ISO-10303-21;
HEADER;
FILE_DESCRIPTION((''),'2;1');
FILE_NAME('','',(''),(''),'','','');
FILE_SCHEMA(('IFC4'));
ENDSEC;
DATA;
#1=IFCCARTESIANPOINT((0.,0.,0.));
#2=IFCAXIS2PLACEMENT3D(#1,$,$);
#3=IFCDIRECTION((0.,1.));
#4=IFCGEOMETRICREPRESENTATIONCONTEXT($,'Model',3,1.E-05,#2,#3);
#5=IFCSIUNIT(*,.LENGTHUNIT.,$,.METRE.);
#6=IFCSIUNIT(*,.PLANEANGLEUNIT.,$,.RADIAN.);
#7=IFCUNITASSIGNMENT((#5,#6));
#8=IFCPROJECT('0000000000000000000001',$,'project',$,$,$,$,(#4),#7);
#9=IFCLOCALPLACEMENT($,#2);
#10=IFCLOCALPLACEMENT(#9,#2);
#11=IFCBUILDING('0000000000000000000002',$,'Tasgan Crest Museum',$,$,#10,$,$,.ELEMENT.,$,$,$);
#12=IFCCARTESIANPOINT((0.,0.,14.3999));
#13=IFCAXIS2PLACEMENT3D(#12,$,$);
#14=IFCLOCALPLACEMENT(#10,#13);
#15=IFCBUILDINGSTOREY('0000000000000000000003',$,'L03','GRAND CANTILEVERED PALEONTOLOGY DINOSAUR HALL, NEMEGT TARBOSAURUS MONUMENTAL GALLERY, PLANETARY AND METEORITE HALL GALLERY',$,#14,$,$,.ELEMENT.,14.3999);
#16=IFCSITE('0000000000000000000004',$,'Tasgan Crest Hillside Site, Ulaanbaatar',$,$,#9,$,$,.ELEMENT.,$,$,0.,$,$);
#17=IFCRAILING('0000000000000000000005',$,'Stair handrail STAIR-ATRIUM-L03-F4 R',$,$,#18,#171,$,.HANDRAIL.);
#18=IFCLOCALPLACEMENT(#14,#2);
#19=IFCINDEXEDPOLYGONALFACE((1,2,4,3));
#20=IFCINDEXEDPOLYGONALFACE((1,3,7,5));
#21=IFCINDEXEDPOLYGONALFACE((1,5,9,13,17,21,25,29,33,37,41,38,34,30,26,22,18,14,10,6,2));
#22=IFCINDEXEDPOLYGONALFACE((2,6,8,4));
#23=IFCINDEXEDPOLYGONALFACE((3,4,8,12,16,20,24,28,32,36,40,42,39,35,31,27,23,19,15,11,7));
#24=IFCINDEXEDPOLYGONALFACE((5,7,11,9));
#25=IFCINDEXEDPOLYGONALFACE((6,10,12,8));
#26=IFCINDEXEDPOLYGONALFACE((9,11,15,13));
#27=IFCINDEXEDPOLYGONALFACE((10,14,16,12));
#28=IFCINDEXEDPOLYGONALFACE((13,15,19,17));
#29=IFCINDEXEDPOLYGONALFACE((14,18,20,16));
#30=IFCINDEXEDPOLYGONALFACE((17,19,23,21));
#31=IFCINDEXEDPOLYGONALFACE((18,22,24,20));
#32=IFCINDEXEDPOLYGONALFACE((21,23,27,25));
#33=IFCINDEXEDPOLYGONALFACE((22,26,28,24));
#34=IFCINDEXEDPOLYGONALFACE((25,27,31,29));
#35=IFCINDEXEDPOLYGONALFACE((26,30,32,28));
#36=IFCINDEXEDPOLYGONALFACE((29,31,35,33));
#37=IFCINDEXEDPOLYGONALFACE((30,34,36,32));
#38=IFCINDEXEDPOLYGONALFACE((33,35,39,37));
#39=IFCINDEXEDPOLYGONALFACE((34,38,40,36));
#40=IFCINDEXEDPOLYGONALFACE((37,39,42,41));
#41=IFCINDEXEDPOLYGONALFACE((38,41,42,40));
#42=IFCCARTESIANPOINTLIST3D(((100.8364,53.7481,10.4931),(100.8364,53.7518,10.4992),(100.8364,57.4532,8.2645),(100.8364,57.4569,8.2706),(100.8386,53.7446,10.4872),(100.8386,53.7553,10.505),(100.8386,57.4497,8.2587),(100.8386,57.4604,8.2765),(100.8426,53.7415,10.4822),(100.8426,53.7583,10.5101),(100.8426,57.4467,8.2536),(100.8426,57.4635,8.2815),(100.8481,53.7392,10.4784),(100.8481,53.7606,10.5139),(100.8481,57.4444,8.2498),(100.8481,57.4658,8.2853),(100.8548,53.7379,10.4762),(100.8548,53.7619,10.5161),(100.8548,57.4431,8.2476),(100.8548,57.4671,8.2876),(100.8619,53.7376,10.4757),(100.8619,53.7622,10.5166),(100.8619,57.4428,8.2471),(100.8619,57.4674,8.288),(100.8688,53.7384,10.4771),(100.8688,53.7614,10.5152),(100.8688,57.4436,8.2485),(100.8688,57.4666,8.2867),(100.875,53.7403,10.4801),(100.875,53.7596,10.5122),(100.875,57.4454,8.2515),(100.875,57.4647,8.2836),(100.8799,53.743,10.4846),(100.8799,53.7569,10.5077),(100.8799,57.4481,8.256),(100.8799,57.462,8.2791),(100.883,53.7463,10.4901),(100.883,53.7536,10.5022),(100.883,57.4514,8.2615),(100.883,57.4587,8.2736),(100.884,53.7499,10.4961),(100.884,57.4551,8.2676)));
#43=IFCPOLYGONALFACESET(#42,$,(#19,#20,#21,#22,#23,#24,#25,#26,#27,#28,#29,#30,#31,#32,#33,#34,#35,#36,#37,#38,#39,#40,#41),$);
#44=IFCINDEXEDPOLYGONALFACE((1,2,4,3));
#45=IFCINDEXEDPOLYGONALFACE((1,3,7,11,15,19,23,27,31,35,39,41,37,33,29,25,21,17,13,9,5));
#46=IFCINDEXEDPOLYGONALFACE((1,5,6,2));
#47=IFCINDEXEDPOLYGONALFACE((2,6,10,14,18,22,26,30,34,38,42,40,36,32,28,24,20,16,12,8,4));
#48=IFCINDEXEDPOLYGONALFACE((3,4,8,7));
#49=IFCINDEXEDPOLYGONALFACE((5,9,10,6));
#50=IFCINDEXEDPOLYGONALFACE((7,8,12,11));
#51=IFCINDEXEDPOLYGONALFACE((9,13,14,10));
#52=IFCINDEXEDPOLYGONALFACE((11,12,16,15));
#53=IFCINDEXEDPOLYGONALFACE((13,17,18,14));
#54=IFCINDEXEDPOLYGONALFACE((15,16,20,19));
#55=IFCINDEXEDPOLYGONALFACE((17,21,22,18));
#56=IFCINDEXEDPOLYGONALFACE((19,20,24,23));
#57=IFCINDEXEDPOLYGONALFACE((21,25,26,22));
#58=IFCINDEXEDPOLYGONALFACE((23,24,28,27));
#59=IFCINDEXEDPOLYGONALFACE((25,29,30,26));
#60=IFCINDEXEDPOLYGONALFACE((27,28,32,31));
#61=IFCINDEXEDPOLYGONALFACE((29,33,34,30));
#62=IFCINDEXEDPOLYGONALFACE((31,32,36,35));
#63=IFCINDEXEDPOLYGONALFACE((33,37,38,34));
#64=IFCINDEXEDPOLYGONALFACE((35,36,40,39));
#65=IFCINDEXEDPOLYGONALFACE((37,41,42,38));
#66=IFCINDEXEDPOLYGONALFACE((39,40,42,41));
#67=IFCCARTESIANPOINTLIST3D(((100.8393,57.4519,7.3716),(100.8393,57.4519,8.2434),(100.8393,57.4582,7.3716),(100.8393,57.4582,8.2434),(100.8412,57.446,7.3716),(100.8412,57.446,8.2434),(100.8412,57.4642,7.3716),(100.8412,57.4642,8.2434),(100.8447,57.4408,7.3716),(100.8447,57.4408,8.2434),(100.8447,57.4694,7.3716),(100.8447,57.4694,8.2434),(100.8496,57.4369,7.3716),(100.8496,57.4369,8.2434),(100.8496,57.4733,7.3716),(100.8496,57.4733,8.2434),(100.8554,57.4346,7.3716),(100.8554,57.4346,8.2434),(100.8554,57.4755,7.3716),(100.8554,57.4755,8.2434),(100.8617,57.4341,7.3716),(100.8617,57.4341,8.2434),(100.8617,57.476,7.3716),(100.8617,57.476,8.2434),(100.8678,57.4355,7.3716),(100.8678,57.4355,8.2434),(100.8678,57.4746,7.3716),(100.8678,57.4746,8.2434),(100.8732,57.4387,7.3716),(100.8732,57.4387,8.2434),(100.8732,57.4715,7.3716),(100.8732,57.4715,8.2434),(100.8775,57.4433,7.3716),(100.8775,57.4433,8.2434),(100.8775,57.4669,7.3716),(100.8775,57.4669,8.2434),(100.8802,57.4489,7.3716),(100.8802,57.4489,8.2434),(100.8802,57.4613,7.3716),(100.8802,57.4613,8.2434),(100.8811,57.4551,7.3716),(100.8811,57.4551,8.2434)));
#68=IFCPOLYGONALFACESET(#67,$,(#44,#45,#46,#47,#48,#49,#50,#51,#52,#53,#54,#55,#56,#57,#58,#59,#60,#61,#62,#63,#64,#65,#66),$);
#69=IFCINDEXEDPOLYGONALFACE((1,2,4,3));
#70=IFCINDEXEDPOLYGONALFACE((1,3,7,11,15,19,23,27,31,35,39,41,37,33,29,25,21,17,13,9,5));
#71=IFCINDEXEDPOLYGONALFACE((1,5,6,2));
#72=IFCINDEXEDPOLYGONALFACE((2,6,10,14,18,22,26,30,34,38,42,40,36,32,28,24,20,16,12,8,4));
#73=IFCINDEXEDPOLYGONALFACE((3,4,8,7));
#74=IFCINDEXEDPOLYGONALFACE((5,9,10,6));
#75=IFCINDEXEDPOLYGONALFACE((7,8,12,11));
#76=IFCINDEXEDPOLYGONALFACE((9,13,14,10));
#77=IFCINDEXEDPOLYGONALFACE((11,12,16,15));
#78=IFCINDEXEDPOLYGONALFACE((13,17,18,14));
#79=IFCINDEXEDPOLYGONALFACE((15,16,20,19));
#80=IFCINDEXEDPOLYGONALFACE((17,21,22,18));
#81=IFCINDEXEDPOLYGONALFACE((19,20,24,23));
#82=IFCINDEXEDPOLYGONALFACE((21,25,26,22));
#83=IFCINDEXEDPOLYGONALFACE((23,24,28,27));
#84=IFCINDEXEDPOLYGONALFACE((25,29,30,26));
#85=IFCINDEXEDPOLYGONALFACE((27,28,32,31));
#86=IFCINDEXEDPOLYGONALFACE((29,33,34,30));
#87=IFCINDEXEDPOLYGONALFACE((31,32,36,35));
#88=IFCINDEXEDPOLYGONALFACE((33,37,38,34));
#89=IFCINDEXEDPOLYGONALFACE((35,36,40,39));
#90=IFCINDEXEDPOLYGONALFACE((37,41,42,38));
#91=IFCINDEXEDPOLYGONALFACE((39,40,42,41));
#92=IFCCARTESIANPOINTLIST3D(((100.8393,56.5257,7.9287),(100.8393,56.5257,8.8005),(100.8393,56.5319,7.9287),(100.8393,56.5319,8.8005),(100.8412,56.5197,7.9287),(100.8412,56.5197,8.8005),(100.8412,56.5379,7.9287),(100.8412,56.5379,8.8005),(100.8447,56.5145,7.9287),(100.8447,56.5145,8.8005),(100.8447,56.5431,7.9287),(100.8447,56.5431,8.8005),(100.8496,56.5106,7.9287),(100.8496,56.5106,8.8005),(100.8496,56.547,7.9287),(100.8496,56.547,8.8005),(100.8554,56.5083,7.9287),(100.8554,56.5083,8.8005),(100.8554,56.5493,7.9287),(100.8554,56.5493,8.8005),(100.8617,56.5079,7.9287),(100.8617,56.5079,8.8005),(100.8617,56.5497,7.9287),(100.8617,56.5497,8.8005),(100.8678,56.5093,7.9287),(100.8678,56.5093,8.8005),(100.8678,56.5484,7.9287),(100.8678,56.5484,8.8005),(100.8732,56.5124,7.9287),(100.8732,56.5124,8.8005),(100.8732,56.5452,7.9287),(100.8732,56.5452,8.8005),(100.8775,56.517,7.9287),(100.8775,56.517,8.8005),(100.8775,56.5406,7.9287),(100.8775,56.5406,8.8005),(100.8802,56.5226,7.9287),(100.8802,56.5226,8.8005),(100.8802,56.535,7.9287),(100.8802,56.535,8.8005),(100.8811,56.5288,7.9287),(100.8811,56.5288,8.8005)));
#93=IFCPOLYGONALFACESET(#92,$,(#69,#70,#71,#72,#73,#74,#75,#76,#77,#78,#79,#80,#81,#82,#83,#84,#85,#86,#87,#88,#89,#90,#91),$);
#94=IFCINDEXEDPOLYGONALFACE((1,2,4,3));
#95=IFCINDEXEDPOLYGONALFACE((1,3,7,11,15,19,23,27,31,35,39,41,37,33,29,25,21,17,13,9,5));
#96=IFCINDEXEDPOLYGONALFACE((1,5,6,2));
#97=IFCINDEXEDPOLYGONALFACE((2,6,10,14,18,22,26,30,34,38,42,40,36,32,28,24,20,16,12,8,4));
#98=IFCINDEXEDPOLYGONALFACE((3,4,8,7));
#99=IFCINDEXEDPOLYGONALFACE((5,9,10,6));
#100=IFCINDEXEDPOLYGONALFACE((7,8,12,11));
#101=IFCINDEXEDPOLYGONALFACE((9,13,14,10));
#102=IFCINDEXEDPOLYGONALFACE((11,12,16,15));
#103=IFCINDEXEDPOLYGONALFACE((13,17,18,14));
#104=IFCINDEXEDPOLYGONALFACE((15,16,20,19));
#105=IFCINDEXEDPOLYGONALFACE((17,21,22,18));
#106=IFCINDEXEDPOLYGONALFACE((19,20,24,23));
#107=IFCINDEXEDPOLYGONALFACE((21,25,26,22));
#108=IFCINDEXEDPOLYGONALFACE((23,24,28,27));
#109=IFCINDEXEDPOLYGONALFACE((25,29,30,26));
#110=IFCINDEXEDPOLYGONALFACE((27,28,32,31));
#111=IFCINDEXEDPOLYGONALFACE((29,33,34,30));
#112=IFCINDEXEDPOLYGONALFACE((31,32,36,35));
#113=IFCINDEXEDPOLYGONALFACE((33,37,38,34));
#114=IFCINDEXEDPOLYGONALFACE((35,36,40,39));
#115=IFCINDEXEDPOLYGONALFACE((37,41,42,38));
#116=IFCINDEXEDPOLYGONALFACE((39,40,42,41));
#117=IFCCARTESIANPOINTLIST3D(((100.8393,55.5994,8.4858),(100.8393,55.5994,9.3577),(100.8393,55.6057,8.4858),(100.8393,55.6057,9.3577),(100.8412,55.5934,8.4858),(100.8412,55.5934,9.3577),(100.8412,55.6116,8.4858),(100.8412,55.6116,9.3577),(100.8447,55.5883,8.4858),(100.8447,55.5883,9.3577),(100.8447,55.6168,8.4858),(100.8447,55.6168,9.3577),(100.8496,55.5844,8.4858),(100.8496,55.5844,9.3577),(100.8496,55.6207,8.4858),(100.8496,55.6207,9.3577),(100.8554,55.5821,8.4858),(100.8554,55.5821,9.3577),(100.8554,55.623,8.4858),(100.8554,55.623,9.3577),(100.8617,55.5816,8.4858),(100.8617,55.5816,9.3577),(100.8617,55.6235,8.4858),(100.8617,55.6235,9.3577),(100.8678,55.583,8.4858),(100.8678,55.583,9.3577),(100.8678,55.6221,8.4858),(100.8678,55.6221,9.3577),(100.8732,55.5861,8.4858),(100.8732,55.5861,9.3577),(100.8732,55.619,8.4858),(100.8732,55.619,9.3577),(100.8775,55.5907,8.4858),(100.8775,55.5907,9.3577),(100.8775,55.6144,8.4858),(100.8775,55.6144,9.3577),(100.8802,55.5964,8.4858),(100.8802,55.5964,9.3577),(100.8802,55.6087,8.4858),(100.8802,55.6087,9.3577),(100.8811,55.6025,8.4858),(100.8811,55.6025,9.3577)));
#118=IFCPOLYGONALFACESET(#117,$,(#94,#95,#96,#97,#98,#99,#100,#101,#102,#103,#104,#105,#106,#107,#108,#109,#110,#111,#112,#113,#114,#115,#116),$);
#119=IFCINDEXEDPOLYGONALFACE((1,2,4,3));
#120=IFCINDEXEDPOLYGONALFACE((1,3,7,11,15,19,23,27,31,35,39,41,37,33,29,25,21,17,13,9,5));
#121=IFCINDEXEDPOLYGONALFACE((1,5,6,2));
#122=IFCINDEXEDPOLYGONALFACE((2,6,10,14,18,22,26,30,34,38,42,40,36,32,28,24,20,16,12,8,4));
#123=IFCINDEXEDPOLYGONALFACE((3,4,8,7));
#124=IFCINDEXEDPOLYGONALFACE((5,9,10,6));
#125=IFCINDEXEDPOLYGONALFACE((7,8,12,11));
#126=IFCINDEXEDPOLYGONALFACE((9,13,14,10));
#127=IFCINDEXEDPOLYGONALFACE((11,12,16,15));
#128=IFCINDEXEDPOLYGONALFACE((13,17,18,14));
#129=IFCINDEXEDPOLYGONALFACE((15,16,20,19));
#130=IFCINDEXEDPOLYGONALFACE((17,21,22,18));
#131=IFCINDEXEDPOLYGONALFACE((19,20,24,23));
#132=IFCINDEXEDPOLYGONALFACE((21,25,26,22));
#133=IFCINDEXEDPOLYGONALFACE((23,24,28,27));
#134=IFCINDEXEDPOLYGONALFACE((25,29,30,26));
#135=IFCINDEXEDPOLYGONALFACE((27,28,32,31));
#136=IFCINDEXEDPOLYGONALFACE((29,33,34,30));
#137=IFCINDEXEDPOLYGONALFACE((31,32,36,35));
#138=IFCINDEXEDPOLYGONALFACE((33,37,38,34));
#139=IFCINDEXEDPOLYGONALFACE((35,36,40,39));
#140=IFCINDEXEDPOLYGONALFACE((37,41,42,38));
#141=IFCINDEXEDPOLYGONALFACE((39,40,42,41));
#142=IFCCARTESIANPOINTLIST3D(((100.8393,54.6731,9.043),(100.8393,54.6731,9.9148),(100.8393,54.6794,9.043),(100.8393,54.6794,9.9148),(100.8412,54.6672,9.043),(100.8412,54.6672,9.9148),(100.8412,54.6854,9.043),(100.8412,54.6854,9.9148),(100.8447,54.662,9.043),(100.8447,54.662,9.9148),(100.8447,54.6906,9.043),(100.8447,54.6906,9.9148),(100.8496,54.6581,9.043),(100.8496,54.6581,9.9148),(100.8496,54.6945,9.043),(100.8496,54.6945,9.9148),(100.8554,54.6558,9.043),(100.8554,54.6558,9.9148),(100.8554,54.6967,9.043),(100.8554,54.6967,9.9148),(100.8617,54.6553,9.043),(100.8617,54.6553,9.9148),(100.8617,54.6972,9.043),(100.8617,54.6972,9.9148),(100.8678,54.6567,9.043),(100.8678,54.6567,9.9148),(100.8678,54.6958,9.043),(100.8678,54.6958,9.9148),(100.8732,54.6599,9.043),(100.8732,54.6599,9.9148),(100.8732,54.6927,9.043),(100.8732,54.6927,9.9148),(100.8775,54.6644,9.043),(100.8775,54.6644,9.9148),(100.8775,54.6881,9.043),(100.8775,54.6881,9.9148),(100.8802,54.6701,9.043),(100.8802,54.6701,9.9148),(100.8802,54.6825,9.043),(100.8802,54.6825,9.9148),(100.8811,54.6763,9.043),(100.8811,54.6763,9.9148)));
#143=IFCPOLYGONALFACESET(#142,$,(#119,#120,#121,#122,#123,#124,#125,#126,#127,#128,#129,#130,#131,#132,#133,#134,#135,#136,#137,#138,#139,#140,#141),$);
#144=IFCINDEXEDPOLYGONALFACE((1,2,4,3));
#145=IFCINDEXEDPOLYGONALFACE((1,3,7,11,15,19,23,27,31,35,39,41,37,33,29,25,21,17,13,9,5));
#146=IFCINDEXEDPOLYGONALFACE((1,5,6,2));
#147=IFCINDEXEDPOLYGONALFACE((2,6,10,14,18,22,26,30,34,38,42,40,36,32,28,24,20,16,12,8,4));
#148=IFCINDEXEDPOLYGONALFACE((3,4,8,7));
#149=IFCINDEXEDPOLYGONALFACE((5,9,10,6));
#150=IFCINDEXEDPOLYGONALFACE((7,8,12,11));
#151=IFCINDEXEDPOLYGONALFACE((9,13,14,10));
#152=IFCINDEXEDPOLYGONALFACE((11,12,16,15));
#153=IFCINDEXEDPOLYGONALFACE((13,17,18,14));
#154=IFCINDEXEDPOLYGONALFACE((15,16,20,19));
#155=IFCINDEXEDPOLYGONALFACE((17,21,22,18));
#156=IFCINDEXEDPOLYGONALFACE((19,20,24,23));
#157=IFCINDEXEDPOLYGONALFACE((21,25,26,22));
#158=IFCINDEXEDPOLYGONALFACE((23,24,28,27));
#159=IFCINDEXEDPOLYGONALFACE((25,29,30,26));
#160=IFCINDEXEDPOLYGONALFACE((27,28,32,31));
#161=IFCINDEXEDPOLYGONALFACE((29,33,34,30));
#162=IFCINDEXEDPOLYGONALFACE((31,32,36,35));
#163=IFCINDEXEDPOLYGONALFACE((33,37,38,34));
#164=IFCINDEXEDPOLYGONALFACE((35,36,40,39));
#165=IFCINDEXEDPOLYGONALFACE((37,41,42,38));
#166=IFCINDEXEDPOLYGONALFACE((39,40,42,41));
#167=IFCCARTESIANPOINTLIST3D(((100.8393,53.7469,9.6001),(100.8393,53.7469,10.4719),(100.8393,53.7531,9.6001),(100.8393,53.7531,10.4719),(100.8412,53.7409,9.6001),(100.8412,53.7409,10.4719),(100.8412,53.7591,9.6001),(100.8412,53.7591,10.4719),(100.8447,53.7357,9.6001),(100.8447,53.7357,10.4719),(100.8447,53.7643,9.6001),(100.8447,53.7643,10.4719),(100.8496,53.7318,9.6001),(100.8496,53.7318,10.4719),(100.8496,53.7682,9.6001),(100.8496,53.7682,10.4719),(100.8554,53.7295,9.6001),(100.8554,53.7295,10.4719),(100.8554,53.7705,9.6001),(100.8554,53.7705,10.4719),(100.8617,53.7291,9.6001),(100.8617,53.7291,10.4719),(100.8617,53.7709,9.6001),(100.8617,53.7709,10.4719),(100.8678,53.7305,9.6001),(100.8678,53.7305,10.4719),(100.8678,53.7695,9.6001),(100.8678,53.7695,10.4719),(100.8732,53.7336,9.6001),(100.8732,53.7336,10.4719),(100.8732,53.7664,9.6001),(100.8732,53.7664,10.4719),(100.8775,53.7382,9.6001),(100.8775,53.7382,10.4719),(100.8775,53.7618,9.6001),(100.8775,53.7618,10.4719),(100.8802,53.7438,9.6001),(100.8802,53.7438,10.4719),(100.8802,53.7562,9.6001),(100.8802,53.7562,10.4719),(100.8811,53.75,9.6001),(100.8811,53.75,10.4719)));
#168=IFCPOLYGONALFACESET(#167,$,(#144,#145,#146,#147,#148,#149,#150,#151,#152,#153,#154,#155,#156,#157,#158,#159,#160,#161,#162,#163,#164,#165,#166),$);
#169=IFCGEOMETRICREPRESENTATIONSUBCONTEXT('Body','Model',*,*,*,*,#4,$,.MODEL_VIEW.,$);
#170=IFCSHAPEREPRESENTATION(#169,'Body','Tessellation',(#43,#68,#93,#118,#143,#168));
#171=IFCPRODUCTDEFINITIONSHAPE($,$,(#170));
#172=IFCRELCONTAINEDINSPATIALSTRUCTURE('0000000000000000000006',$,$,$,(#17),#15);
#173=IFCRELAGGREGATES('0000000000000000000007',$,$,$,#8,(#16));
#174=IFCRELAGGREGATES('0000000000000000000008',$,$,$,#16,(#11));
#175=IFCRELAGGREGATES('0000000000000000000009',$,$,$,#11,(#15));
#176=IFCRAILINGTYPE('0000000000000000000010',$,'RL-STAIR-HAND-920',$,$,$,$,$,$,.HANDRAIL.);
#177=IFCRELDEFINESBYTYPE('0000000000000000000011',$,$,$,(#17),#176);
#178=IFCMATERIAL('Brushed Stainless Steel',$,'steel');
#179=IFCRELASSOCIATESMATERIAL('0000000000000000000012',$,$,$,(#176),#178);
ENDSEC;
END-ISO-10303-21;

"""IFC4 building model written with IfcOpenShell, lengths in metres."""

from ifc_helpers import new_model, si_unit, direction, frame, origin, origin_2d, place, context, subcontext, project, spatial, circle, extrude, material, type_object, element, save


model = new_model("IFC4")

# Units and contexts
model_context = context("Model", 3, precision=1e-05, world=origin(), true_north=direction((0.0, 1.0)))
body_context = subcontext(model_context, "Body", "Model", "MODEL_VIEW")
ifc_project = project(units=[si_unit("LENGTHUNIT", "METRE"), si_unit("PLANEANGLEUNIT", "RADIAN")], contexts=[model_context])

# Site, building, storey
site_placement = place(None, origin())
site = spatial("IfcSite", under=ifc_project, at=site_placement, Name="Tasgan Crest Hillside Site, Ulaanbaatar", CompositionType="ELEMENT", RefElevation=0.0)
building_placement = place(site_placement, origin())
building = spatial("IfcBuilding", under=site, at=building_placement, Name="Tasgan Crest Museum", CompositionType="ELEMENT")
storey_placement = place(building_placement, frame((0.0, 0.0, 14.3999)))
storey = spatial("IfcBuildingStorey", under=building, at=storey_placement, Name="L03", Description="GRAND CANTILEVERED PALEONTOLOGY DINOSAUR HALL, NEMEGT TARBOSAURUS MONUMENTAL GALLERY, PLANETARY AND METEORITE HALL GALLERY", CompositionType="ELEMENT", Elevation=14.3999)

# Railing
ifc_material_1 = material(Name="Brushed Stainless Steel", Category="steel")
railing_type_1 = type_object("IfcRailingType", Name="RL-STAIR-HAND-920", PredefinedType="HANDRAIL", material=ifc_material_1)
for number, where, name in (
    (1, (100.8601, 57.4551, 7.3716), "Stair handrail STAIR-ATRIUM-L03-F4 R"),
):
    element("IfcRailing", number, at=place(storey_placement, frame(where)), inside=storey, type_object=railing_type_1, Name=name, PredefinedType="HANDRAIL", context=body_context, shape_type="SweptSolid", body=[
        extrude(circle(Radius=0.0239, at=origin_2d()), frame((0.0, 0.0, 0.896), z_axis=(0.0, -0.856934, 0.515425), x_axis=(1.0, 0.0, 0.0)), (0.0, 0.0, 1.0), 4.3237),
        extrude(circle(Radius=0.021, at=origin_2d()), origin(), (0.0, 0.0, 1.0), 0.8718),
        extrude(circle(Radius=0.021, at=origin_2d()), frame((0.0, -0.9263, 0.5571)), (0.0, 0.0, 1.0), 0.8718),
        extrude(circle(Radius=0.021, at=origin_2d()), frame((0.0, -1.8525, 1.1143)), (0.0, 0.0, 1.0), 0.8718),
        extrude(circle(Radius=0.021, at=origin_2d()), frame((0.0, -2.7788, 1.6714)), (0.0, 0.0, 1.0), 0.8718),
        extrude(circle(Radius=0.021, at=origin_2d()), frame((0.0, -3.7051, 2.2285)), (0.0, 0.0, 1.0), 0.8718),
    ])

save(model, "model.ifc")
